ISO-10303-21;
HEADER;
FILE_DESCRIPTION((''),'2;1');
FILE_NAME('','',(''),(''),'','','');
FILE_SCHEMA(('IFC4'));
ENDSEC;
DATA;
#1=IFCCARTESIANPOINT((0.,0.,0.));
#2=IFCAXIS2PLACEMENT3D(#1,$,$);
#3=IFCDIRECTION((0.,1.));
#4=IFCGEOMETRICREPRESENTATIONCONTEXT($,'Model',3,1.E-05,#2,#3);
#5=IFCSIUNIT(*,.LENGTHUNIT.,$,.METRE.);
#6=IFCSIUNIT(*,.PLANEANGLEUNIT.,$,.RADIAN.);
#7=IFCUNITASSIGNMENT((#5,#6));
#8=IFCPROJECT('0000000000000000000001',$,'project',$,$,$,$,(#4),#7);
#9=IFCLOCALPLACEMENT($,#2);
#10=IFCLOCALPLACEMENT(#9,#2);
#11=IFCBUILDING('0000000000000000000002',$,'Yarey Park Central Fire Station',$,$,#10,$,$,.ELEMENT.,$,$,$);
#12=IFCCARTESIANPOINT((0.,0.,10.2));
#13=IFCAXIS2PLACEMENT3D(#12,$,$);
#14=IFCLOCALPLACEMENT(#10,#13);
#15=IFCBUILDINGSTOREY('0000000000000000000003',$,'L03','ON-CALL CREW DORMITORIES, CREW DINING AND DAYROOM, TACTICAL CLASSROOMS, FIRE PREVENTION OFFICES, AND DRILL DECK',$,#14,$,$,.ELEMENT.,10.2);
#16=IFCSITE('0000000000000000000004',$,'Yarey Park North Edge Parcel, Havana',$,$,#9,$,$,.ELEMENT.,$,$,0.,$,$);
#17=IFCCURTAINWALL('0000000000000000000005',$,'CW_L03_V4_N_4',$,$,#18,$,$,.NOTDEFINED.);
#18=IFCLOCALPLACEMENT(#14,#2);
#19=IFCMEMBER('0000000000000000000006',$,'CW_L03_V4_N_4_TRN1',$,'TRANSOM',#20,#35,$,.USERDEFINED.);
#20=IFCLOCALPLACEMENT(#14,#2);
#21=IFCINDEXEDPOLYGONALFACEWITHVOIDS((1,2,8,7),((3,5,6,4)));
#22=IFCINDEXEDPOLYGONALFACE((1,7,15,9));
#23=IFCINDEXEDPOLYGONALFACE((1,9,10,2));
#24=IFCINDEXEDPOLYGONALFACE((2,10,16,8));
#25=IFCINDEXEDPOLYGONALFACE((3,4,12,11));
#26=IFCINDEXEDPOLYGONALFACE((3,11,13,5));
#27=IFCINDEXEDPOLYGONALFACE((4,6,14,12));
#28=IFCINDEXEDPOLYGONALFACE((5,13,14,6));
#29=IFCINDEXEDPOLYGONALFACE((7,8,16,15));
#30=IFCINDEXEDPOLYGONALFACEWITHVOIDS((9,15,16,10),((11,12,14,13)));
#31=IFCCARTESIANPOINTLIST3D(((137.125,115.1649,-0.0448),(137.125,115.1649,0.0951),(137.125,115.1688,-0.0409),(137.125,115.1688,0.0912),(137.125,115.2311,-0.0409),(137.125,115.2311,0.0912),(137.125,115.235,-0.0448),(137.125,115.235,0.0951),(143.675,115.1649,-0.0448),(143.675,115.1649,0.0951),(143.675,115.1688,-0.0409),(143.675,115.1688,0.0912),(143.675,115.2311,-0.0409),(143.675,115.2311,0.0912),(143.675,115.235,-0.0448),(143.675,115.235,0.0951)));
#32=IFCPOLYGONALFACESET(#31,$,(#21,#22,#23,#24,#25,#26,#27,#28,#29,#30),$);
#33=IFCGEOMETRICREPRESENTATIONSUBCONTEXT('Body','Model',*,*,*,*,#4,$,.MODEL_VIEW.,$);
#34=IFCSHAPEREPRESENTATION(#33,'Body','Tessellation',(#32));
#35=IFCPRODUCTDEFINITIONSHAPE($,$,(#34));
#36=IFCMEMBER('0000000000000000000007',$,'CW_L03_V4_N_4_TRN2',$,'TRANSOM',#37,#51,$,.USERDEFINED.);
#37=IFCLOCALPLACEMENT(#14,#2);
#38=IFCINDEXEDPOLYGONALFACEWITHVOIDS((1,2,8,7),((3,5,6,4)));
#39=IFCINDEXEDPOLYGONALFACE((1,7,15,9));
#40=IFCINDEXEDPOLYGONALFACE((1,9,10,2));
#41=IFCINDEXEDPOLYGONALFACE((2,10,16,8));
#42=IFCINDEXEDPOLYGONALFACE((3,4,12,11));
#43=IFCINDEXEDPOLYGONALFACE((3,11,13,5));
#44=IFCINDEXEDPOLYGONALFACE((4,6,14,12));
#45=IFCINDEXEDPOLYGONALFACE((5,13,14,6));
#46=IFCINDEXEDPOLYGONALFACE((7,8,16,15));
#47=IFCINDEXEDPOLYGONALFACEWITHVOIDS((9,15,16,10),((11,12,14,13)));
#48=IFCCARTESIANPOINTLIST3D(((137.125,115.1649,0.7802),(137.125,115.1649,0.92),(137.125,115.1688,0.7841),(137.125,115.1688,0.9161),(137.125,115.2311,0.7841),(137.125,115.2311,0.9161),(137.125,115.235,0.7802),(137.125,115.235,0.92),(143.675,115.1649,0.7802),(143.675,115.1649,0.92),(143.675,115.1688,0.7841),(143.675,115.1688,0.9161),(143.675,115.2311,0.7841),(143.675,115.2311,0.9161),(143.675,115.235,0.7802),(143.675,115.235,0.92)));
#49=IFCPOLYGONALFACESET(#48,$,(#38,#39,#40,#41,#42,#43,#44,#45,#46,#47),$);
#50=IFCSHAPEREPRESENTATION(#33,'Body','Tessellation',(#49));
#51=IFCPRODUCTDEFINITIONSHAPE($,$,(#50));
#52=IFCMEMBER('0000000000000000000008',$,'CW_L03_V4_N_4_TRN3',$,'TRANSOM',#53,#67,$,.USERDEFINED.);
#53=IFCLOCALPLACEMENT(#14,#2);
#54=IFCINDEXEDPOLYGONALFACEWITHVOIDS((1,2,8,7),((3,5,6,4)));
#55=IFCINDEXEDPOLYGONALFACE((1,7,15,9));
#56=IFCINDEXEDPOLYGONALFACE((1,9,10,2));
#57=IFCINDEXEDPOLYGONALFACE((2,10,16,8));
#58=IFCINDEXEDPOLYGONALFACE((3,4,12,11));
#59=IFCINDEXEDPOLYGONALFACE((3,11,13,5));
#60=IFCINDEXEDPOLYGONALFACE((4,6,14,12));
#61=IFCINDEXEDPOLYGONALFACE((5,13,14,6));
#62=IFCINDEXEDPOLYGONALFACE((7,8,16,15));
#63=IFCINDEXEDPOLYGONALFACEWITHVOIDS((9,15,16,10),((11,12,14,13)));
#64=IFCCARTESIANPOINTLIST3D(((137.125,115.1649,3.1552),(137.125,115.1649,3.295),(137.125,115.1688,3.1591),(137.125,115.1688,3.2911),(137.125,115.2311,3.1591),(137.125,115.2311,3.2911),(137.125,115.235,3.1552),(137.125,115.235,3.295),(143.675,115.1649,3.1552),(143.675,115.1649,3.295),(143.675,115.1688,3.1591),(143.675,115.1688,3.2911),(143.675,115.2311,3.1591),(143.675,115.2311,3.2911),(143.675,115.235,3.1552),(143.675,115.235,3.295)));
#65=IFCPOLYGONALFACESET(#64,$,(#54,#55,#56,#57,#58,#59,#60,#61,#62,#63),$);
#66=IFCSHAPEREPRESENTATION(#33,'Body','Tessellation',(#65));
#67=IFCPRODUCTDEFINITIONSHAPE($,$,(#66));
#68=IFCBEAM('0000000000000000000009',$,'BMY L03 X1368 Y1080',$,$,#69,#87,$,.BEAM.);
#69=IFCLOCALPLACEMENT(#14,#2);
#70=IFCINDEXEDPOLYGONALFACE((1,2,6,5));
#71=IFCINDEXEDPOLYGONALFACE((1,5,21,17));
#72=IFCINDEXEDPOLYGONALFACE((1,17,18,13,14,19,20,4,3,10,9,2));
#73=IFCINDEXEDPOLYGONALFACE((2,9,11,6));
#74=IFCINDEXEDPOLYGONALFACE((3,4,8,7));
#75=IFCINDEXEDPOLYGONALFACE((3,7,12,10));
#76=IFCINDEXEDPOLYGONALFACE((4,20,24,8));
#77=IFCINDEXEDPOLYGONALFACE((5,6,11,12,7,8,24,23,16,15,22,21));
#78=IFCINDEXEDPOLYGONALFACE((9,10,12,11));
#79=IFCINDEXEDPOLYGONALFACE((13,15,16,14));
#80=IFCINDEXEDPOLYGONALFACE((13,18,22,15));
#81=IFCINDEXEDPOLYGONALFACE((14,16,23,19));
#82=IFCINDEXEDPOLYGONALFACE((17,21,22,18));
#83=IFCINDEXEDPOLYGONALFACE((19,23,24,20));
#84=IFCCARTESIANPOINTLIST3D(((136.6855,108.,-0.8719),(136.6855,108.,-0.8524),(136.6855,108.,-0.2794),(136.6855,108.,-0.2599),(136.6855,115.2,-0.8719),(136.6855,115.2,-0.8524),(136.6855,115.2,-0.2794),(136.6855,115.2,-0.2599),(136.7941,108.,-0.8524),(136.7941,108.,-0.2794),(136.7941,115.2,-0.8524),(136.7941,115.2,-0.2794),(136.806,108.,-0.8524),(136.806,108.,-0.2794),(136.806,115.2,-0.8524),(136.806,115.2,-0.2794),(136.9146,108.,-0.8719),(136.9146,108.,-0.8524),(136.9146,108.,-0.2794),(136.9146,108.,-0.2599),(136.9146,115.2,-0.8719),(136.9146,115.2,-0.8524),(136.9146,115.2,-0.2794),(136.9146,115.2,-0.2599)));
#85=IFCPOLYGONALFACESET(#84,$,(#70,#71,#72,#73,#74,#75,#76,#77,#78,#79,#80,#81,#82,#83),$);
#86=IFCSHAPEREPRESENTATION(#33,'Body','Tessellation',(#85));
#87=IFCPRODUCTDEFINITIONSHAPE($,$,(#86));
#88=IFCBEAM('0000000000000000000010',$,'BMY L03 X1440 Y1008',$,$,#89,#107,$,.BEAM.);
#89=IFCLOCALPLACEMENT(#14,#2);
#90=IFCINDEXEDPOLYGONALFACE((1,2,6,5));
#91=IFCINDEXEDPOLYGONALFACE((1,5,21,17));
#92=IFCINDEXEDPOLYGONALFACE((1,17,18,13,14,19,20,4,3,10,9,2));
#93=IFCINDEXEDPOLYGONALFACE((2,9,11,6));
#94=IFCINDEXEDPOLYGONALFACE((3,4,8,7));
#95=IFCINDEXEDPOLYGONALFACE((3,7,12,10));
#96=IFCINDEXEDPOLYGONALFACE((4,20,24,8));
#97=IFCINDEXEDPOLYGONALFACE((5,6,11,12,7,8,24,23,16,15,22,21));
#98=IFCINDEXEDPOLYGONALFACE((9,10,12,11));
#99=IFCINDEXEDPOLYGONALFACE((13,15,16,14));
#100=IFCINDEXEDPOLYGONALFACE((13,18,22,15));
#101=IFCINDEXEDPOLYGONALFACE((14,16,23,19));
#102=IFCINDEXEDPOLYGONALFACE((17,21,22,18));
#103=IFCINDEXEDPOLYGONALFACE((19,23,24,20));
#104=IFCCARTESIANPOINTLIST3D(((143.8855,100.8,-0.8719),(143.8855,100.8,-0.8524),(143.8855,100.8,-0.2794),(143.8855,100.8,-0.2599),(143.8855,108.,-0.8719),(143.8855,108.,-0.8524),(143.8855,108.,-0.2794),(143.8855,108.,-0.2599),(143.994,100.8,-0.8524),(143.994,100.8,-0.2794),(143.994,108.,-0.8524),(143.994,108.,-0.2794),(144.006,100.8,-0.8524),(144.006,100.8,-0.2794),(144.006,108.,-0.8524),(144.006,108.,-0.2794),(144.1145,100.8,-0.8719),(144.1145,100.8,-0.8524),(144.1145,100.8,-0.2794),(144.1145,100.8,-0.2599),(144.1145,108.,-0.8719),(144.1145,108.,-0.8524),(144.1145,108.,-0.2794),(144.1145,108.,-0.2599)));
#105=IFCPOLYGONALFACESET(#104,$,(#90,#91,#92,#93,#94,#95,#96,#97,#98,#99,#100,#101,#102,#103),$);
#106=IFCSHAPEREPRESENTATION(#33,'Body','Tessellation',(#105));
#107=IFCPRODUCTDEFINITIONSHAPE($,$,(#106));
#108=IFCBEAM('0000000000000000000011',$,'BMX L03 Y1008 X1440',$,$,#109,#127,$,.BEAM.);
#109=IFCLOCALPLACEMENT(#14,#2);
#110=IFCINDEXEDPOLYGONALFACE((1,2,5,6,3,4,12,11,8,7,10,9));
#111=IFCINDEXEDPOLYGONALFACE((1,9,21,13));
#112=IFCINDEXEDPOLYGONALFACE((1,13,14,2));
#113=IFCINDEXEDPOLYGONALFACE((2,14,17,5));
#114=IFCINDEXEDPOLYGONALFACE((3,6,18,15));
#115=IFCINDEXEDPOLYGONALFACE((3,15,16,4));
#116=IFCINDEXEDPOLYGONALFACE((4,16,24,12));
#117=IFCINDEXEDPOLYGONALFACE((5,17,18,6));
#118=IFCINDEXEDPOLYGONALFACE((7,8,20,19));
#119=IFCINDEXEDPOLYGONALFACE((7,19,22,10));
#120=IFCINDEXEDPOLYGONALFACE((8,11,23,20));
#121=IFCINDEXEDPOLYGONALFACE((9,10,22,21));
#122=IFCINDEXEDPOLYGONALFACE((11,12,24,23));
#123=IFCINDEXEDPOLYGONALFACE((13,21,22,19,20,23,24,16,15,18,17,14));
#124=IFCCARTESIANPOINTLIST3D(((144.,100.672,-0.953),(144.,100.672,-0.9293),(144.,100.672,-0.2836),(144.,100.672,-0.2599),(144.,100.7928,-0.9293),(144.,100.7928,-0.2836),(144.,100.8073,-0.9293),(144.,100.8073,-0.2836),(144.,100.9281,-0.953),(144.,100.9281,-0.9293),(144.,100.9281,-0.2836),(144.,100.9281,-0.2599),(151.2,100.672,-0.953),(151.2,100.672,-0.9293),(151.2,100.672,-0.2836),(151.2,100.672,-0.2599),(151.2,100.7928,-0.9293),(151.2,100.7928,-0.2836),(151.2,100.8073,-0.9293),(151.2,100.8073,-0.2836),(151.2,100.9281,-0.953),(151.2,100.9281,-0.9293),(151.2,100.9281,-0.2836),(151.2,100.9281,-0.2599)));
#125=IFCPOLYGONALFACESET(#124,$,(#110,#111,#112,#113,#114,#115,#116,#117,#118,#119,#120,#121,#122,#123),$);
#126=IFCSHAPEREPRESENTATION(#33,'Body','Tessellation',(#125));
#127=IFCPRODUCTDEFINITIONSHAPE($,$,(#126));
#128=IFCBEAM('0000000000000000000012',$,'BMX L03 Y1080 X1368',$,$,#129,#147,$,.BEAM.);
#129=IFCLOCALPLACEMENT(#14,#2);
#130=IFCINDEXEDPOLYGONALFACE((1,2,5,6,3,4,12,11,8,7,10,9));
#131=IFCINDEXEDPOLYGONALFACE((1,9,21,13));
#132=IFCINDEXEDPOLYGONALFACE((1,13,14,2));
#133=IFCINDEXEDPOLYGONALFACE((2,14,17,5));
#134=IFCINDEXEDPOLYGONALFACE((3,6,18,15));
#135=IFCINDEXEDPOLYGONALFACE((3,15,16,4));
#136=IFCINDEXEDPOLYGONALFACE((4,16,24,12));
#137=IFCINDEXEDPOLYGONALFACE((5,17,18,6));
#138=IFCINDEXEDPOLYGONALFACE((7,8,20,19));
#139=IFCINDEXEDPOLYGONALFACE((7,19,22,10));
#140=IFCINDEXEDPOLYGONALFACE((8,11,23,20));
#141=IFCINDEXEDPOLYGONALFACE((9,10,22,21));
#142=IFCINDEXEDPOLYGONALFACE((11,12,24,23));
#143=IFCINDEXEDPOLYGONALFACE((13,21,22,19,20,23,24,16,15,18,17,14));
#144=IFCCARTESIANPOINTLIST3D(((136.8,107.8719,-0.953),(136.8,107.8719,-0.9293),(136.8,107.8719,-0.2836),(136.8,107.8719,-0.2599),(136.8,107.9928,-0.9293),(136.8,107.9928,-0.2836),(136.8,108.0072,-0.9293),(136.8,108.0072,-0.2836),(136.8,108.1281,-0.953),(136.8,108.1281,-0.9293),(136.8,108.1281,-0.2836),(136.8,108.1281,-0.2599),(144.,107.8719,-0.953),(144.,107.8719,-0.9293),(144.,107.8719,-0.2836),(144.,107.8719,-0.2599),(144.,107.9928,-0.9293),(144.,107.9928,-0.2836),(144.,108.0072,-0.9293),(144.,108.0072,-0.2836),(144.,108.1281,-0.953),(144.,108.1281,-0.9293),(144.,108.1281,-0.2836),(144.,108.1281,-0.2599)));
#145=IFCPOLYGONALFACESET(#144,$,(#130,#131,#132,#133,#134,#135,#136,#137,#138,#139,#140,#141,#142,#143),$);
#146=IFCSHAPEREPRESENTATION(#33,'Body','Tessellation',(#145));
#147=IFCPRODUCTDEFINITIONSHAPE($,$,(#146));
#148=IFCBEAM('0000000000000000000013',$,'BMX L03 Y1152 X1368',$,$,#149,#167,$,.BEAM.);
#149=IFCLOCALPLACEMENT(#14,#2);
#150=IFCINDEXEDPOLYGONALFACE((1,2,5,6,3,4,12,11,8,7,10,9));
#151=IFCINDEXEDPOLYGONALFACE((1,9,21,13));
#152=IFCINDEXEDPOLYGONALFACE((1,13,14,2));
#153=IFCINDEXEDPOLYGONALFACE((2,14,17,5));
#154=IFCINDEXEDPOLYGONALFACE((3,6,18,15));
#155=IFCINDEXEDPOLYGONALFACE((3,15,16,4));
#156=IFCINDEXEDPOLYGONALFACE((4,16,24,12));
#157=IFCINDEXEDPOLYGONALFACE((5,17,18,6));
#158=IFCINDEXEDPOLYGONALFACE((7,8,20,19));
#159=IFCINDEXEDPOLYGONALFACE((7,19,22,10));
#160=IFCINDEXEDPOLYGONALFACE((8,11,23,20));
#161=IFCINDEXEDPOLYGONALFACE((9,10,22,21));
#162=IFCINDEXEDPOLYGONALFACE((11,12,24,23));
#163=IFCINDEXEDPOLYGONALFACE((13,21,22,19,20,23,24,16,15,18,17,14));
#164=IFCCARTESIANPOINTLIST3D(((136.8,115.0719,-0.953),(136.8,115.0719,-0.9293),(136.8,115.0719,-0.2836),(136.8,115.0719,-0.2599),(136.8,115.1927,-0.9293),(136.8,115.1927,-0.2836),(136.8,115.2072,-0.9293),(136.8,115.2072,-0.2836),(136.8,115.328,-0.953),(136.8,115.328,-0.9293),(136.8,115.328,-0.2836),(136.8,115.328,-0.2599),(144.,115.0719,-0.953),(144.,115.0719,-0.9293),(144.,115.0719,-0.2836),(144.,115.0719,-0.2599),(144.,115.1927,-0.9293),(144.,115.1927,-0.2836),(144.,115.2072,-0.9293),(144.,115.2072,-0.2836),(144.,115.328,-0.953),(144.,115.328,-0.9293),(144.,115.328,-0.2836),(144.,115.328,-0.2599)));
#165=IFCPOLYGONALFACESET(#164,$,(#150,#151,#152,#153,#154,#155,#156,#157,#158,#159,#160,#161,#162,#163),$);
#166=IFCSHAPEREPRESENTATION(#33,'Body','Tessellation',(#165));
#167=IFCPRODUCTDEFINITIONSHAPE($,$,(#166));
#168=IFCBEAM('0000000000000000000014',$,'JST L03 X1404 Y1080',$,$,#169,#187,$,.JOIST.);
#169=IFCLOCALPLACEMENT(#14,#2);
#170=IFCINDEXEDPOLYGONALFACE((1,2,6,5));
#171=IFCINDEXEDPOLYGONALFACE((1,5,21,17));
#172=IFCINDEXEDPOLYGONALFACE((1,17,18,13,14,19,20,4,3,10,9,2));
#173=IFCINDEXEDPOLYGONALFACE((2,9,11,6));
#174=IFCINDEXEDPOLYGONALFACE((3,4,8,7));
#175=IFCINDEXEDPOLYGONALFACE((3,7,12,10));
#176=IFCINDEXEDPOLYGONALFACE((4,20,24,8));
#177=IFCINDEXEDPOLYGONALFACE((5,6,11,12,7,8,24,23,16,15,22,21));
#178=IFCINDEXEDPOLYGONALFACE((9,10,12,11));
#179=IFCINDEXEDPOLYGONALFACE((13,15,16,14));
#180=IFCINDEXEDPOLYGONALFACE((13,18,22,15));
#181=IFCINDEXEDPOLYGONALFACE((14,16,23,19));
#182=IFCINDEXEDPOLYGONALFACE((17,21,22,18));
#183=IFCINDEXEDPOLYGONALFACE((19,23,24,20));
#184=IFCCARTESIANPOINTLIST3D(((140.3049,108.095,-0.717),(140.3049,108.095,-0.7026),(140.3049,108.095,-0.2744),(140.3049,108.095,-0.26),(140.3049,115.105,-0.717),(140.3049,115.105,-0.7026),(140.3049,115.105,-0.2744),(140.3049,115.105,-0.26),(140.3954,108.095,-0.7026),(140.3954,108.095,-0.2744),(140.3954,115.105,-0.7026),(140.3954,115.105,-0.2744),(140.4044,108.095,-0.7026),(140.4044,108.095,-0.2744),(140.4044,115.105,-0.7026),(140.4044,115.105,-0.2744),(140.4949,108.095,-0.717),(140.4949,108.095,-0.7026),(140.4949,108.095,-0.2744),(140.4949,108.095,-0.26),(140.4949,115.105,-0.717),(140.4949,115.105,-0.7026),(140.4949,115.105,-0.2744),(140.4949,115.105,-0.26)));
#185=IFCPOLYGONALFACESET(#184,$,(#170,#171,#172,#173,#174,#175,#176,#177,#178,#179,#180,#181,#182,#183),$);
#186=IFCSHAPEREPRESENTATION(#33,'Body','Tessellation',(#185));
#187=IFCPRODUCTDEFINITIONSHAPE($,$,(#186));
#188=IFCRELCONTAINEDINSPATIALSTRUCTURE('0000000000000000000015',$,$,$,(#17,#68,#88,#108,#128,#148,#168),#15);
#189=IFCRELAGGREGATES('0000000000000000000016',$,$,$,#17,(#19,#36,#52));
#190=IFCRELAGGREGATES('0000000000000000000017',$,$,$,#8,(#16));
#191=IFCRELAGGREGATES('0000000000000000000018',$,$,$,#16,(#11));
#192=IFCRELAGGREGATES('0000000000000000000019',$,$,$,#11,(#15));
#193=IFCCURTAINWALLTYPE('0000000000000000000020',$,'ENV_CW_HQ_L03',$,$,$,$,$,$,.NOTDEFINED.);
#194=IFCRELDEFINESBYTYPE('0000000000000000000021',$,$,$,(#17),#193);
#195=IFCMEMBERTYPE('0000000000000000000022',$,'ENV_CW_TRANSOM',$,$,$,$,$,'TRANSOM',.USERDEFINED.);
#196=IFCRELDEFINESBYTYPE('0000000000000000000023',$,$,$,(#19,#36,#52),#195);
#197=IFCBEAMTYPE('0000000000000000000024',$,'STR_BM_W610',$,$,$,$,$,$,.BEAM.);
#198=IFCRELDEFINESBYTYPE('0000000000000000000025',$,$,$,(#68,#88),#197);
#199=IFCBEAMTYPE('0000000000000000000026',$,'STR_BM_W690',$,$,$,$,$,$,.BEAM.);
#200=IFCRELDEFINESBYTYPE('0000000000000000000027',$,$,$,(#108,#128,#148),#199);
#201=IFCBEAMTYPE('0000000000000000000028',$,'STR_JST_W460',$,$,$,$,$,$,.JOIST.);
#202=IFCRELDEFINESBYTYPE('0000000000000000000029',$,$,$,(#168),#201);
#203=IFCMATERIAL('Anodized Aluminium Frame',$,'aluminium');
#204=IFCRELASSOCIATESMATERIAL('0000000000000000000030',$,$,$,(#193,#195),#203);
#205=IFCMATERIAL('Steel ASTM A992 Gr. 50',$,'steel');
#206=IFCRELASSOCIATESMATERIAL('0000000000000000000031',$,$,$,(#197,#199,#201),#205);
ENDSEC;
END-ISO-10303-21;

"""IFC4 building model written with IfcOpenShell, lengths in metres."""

from ifc_helpers import new_model, si_unit, direction, frame, origin, origin_2d, place, context, subcontext, project, spatial, hollow_rectangle, i_section, extrude, material, material_profile, profile_set, type_object, element, aggregate, save


model = new_model("IFC4")

# Units and contexts
model_context = context("Model", 3, precision=1e-05, world=origin(), true_north=direction((0.0, 1.0)))
body_context = subcontext(model_context, "Body", "Model", "MODEL_VIEW")
ifc_project = project(units=[si_unit("LENGTHUNIT", "METRE"), si_unit("PLANEANGLEUNIT", "RADIAN")], contexts=[model_context])

# Site, building, storey
site_placement = place(None, origin())
site = spatial("IfcSite", under=ifc_project, at=site_placement, Name="Yarey Park North Edge Parcel, Havana", CompositionType="ELEMENT", RefElevation=0.0)
building_placement = place(site_placement, origin())
building = spatial("IfcBuilding", under=site, at=building_placement, Name="Yarey Park Central Fire Station", CompositionType="ELEMENT")
storey_placement = place(building_placement, frame((0.0, 0.0, 10.2)))
storey = spatial("IfcBuildingStorey", under=building, at=storey_placement, Name="L03", Description="ON-CALL CREW DORMITORIES, CREW DINING AND DAYROOM, TACTICAL CLASSROOMS, FIRE PREVENTION OFFICES, AND DRILL DECK", CompositionType="ELEMENT", Elevation=10.2)

# Shared definitions
ifc_material_1 = material(Name="Anodized Aluminium Frame", Category="aluminium")
curtain_wall_type = type_object("IfcCurtainWallType", Name="ENV_CW_HQ_L03", PredefinedType="NOTDEFINED", material=ifc_material_1)

# Curtain wall
curtain_wall_1_placement = place(storey_placement, origin())
curtain_wall_1 = element("IfcCurtainWall", 1, at=curtain_wall_1_placement, inside=storey, type_object=curtain_wall_type, Name="CW_L03_V4_N_4", PredefinedType="NOTDEFINED")

# Members
ifc_material_profile_1 = material_profile(ifc_material_1, hollow_rectangle(XDim=0.0701, YDim=0.1399, WallThickness=0.0039, at=origin_2d()), Name="ALU 140x70x4")
ifc_profile_set_1 = profile_set([ifc_material_profile_1], Name="Anodized Aluminium Frame")
member_type_1 = type_object("IfcMemberType", Name="ENV_CW_TRANSOM", ElementType="TRANSOM", PredefinedType="USERDEFINED", material=ifc_profile_set_1)
member_1_placement = place(storey_placement, frame((143.675, 115.2, 0.0251), z_axis=(-1.0, 0.0, 0.0), x_axis=(0.0, -1.0, 0.0)))
member_1 = element("IfcMember", 2, at=member_1_placement, type_object=member_type_1, Name="CW_L03_V4_N_4_TRN1", ObjectType="TRANSOM", PredefinedType="USERDEFINED", context=body_context, shape_type="SweptSolid", body=[
    extrude(hollow_rectangle(XDim=0.0701, YDim=0.1399, WallThickness=0.0039, at=origin_2d()), origin(), (0.0, 0.0, 1.0), 6.55),
])
member_2_placement = place(storey_placement, frame((143.675, 115.2, 0.8501), z_axis=(-1.0, 0.0, 0.0), x_axis=(0.0, -1.0, 0.0)))
member_2 = element("IfcMember", 3, at=member_2_placement, type_object=member_type_1, Name="CW_L03_V4_N_4_TRN2", ObjectType="TRANSOM", PredefinedType="USERDEFINED", context=body_context, shape_type="SweptSolid", body=[
    extrude(hollow_rectangle(XDim=0.0701, YDim=0.1399, WallThickness=0.0039, at=origin_2d()), origin(), (0.0, 0.0, 1.0), 6.55),
])
member_3_placement = place(storey_placement, frame((143.675, 115.2, 3.2251), z_axis=(-1.0, 0.0, 0.0), x_axis=(0.0, -1.0, 0.0)))
member_3 = element("IfcMember", 4, at=member_3_placement, type_object=member_type_1, Name="CW_L03_V4_N_4_TRN3", ObjectType="TRANSOM", PredefinedType="USERDEFINED", context=body_context, shape_type="SweptSolid", body=[
    extrude(hollow_rectangle(XDim=0.0701, YDim=0.1399, WallThickness=0.0039, at=origin_2d()), origin(), (0.0, 0.0, 1.0), 6.55),
])

# Beams
ifc_material_2 = material(Name="Steel ASTM A992 Gr. 50", Category="steel")
ifc_material_profile_2 = material_profile(ifc_material_2, i_section(OverallWidth=0.229, OverallDepth=0.6121, WebThickness=0.012, FlangeThickness=0.0195, at=origin_2d()), Name="W610x125")
ifc_profile_set_2 = profile_set([ifc_material_profile_2], Name="Steel ASTM A992 Gr. 50")
beam_type_1 = type_object("IfcBeamType", Name="STR_BM_W610", PredefinedType="BEAM", material=ifc_profile_set_2)
for number, where, z_axis, x_axis, name in (
    (5, (136.8, 108.0, -0.5659), (0.0, 1.0, 0.0), (-1.0, 0.0, 0.0), "BMY L03 X1368 Y1080"),
    (6, (144.0, 100.8, -0.5659), (0.0, 1.0, 0.0), (-1.0, 0.0, 0.0), "BMY L03 X1440 Y1008"),
):
    element("IfcBeam", number, at=place(storey_placement, frame(where, z_axis=z_axis, x_axis=x_axis)), inside=storey, type_object=beam_type_1, Name=name, PredefinedType="BEAM", context=body_context, shape_type="SweptSolid", body=[
        extrude(i_section(OverallWidth=0.229, OverallDepth=0.6121, WebThickness=0.012, FlangeThickness=0.0195, at=origin_2d()), origin(), (0.0, 0.0, 1.0), 7.2),
    ])
ifc_material_profile_3 = material_profile(ifc_material_2, i_section(OverallWidth=0.2561, OverallDepth=0.6931, WebThickness=0.0144, FlangeThickness=0.0237, at=origin_2d()), Name="W690x170")
ifc_profile_set_3 = profile_set([ifc_material_profile_3], Name="Steel ASTM A992 Gr. 50")
beam_type_2 = type_object("IfcBeamType", Name="STR_BM_W690", PredefinedType="BEAM", material=ifc_profile_set_3)
for number, where, z_axis, x_axis, name in (
    (7, (144.0, 100.8, -0.6064), (1.0, 0.0, 0.0), (0.0, 1.0, 0.0), "BMX L03 Y1008 X1440"),
    (8, (136.8, 108.0, -0.6064), (1.0, 0.0, 0.0), (0.0, 1.0, 0.0), "BMX L03 Y1080 X1368"),
    (9, (136.8, 115.2, -0.6064), (1.0, 0.0, 0.0), (0.0, 1.0, 0.0), "BMX L03 Y1152 X1368"),
):
    element("IfcBeam", number, at=place(storey_placement, frame(where, z_axis=z_axis, x_axis=x_axis)), inside=storey, type_object=beam_type_2, Name=name, PredefinedType="BEAM", context=body_context, shape_type="SweptSolid", body=[
        extrude(i_section(OverallWidth=0.2561, OverallDepth=0.6931, WebThickness=0.0144, FlangeThickness=0.0237, at=origin_2d()), origin(), (0.0, 0.0, 1.0), 7.2),
    ])
ifc_material_profile_4 = material_profile(ifc_material_2, i_section(OverallWidth=0.1899, OverallDepth=0.457, WebThickness=0.009, FlangeThickness=0.0144, at=origin_2d()), Name="W460x74")
ifc_profile_set_4 = profile_set([ifc_material_profile_4], Name="Steel ASTM A992 Gr. 50")
beam_type_3 = type_object("IfcBeamType", Name="STR_JST_W460", PredefinedType="JOIST", material=ifc_profile_set_4)
beam_placement = place(storey_placement, frame((140.3999, 108.095, -0.4885), z_axis=(0.0, 1.0, 0.0), x_axis=(-1.0, 0.0, 0.0)))
element("IfcBeam", 10, at=beam_placement, inside=storey, type_object=beam_type_3, Name="JST L03 X1404 Y1080", PredefinedType="JOIST", context=body_context, shape_type="SweptSolid", body=[
    extrude(i_section(OverallWidth=0.1899, OverallDepth=0.457, WebThickness=0.009, FlangeThickness=0.0144, at=origin_2d()), origin(), (0.0, 0.0, 1.0), 7.01),
])

aggregate(curtain_wall_1, [member_1, member_2, member_3])

save(model, "model.ifc")
